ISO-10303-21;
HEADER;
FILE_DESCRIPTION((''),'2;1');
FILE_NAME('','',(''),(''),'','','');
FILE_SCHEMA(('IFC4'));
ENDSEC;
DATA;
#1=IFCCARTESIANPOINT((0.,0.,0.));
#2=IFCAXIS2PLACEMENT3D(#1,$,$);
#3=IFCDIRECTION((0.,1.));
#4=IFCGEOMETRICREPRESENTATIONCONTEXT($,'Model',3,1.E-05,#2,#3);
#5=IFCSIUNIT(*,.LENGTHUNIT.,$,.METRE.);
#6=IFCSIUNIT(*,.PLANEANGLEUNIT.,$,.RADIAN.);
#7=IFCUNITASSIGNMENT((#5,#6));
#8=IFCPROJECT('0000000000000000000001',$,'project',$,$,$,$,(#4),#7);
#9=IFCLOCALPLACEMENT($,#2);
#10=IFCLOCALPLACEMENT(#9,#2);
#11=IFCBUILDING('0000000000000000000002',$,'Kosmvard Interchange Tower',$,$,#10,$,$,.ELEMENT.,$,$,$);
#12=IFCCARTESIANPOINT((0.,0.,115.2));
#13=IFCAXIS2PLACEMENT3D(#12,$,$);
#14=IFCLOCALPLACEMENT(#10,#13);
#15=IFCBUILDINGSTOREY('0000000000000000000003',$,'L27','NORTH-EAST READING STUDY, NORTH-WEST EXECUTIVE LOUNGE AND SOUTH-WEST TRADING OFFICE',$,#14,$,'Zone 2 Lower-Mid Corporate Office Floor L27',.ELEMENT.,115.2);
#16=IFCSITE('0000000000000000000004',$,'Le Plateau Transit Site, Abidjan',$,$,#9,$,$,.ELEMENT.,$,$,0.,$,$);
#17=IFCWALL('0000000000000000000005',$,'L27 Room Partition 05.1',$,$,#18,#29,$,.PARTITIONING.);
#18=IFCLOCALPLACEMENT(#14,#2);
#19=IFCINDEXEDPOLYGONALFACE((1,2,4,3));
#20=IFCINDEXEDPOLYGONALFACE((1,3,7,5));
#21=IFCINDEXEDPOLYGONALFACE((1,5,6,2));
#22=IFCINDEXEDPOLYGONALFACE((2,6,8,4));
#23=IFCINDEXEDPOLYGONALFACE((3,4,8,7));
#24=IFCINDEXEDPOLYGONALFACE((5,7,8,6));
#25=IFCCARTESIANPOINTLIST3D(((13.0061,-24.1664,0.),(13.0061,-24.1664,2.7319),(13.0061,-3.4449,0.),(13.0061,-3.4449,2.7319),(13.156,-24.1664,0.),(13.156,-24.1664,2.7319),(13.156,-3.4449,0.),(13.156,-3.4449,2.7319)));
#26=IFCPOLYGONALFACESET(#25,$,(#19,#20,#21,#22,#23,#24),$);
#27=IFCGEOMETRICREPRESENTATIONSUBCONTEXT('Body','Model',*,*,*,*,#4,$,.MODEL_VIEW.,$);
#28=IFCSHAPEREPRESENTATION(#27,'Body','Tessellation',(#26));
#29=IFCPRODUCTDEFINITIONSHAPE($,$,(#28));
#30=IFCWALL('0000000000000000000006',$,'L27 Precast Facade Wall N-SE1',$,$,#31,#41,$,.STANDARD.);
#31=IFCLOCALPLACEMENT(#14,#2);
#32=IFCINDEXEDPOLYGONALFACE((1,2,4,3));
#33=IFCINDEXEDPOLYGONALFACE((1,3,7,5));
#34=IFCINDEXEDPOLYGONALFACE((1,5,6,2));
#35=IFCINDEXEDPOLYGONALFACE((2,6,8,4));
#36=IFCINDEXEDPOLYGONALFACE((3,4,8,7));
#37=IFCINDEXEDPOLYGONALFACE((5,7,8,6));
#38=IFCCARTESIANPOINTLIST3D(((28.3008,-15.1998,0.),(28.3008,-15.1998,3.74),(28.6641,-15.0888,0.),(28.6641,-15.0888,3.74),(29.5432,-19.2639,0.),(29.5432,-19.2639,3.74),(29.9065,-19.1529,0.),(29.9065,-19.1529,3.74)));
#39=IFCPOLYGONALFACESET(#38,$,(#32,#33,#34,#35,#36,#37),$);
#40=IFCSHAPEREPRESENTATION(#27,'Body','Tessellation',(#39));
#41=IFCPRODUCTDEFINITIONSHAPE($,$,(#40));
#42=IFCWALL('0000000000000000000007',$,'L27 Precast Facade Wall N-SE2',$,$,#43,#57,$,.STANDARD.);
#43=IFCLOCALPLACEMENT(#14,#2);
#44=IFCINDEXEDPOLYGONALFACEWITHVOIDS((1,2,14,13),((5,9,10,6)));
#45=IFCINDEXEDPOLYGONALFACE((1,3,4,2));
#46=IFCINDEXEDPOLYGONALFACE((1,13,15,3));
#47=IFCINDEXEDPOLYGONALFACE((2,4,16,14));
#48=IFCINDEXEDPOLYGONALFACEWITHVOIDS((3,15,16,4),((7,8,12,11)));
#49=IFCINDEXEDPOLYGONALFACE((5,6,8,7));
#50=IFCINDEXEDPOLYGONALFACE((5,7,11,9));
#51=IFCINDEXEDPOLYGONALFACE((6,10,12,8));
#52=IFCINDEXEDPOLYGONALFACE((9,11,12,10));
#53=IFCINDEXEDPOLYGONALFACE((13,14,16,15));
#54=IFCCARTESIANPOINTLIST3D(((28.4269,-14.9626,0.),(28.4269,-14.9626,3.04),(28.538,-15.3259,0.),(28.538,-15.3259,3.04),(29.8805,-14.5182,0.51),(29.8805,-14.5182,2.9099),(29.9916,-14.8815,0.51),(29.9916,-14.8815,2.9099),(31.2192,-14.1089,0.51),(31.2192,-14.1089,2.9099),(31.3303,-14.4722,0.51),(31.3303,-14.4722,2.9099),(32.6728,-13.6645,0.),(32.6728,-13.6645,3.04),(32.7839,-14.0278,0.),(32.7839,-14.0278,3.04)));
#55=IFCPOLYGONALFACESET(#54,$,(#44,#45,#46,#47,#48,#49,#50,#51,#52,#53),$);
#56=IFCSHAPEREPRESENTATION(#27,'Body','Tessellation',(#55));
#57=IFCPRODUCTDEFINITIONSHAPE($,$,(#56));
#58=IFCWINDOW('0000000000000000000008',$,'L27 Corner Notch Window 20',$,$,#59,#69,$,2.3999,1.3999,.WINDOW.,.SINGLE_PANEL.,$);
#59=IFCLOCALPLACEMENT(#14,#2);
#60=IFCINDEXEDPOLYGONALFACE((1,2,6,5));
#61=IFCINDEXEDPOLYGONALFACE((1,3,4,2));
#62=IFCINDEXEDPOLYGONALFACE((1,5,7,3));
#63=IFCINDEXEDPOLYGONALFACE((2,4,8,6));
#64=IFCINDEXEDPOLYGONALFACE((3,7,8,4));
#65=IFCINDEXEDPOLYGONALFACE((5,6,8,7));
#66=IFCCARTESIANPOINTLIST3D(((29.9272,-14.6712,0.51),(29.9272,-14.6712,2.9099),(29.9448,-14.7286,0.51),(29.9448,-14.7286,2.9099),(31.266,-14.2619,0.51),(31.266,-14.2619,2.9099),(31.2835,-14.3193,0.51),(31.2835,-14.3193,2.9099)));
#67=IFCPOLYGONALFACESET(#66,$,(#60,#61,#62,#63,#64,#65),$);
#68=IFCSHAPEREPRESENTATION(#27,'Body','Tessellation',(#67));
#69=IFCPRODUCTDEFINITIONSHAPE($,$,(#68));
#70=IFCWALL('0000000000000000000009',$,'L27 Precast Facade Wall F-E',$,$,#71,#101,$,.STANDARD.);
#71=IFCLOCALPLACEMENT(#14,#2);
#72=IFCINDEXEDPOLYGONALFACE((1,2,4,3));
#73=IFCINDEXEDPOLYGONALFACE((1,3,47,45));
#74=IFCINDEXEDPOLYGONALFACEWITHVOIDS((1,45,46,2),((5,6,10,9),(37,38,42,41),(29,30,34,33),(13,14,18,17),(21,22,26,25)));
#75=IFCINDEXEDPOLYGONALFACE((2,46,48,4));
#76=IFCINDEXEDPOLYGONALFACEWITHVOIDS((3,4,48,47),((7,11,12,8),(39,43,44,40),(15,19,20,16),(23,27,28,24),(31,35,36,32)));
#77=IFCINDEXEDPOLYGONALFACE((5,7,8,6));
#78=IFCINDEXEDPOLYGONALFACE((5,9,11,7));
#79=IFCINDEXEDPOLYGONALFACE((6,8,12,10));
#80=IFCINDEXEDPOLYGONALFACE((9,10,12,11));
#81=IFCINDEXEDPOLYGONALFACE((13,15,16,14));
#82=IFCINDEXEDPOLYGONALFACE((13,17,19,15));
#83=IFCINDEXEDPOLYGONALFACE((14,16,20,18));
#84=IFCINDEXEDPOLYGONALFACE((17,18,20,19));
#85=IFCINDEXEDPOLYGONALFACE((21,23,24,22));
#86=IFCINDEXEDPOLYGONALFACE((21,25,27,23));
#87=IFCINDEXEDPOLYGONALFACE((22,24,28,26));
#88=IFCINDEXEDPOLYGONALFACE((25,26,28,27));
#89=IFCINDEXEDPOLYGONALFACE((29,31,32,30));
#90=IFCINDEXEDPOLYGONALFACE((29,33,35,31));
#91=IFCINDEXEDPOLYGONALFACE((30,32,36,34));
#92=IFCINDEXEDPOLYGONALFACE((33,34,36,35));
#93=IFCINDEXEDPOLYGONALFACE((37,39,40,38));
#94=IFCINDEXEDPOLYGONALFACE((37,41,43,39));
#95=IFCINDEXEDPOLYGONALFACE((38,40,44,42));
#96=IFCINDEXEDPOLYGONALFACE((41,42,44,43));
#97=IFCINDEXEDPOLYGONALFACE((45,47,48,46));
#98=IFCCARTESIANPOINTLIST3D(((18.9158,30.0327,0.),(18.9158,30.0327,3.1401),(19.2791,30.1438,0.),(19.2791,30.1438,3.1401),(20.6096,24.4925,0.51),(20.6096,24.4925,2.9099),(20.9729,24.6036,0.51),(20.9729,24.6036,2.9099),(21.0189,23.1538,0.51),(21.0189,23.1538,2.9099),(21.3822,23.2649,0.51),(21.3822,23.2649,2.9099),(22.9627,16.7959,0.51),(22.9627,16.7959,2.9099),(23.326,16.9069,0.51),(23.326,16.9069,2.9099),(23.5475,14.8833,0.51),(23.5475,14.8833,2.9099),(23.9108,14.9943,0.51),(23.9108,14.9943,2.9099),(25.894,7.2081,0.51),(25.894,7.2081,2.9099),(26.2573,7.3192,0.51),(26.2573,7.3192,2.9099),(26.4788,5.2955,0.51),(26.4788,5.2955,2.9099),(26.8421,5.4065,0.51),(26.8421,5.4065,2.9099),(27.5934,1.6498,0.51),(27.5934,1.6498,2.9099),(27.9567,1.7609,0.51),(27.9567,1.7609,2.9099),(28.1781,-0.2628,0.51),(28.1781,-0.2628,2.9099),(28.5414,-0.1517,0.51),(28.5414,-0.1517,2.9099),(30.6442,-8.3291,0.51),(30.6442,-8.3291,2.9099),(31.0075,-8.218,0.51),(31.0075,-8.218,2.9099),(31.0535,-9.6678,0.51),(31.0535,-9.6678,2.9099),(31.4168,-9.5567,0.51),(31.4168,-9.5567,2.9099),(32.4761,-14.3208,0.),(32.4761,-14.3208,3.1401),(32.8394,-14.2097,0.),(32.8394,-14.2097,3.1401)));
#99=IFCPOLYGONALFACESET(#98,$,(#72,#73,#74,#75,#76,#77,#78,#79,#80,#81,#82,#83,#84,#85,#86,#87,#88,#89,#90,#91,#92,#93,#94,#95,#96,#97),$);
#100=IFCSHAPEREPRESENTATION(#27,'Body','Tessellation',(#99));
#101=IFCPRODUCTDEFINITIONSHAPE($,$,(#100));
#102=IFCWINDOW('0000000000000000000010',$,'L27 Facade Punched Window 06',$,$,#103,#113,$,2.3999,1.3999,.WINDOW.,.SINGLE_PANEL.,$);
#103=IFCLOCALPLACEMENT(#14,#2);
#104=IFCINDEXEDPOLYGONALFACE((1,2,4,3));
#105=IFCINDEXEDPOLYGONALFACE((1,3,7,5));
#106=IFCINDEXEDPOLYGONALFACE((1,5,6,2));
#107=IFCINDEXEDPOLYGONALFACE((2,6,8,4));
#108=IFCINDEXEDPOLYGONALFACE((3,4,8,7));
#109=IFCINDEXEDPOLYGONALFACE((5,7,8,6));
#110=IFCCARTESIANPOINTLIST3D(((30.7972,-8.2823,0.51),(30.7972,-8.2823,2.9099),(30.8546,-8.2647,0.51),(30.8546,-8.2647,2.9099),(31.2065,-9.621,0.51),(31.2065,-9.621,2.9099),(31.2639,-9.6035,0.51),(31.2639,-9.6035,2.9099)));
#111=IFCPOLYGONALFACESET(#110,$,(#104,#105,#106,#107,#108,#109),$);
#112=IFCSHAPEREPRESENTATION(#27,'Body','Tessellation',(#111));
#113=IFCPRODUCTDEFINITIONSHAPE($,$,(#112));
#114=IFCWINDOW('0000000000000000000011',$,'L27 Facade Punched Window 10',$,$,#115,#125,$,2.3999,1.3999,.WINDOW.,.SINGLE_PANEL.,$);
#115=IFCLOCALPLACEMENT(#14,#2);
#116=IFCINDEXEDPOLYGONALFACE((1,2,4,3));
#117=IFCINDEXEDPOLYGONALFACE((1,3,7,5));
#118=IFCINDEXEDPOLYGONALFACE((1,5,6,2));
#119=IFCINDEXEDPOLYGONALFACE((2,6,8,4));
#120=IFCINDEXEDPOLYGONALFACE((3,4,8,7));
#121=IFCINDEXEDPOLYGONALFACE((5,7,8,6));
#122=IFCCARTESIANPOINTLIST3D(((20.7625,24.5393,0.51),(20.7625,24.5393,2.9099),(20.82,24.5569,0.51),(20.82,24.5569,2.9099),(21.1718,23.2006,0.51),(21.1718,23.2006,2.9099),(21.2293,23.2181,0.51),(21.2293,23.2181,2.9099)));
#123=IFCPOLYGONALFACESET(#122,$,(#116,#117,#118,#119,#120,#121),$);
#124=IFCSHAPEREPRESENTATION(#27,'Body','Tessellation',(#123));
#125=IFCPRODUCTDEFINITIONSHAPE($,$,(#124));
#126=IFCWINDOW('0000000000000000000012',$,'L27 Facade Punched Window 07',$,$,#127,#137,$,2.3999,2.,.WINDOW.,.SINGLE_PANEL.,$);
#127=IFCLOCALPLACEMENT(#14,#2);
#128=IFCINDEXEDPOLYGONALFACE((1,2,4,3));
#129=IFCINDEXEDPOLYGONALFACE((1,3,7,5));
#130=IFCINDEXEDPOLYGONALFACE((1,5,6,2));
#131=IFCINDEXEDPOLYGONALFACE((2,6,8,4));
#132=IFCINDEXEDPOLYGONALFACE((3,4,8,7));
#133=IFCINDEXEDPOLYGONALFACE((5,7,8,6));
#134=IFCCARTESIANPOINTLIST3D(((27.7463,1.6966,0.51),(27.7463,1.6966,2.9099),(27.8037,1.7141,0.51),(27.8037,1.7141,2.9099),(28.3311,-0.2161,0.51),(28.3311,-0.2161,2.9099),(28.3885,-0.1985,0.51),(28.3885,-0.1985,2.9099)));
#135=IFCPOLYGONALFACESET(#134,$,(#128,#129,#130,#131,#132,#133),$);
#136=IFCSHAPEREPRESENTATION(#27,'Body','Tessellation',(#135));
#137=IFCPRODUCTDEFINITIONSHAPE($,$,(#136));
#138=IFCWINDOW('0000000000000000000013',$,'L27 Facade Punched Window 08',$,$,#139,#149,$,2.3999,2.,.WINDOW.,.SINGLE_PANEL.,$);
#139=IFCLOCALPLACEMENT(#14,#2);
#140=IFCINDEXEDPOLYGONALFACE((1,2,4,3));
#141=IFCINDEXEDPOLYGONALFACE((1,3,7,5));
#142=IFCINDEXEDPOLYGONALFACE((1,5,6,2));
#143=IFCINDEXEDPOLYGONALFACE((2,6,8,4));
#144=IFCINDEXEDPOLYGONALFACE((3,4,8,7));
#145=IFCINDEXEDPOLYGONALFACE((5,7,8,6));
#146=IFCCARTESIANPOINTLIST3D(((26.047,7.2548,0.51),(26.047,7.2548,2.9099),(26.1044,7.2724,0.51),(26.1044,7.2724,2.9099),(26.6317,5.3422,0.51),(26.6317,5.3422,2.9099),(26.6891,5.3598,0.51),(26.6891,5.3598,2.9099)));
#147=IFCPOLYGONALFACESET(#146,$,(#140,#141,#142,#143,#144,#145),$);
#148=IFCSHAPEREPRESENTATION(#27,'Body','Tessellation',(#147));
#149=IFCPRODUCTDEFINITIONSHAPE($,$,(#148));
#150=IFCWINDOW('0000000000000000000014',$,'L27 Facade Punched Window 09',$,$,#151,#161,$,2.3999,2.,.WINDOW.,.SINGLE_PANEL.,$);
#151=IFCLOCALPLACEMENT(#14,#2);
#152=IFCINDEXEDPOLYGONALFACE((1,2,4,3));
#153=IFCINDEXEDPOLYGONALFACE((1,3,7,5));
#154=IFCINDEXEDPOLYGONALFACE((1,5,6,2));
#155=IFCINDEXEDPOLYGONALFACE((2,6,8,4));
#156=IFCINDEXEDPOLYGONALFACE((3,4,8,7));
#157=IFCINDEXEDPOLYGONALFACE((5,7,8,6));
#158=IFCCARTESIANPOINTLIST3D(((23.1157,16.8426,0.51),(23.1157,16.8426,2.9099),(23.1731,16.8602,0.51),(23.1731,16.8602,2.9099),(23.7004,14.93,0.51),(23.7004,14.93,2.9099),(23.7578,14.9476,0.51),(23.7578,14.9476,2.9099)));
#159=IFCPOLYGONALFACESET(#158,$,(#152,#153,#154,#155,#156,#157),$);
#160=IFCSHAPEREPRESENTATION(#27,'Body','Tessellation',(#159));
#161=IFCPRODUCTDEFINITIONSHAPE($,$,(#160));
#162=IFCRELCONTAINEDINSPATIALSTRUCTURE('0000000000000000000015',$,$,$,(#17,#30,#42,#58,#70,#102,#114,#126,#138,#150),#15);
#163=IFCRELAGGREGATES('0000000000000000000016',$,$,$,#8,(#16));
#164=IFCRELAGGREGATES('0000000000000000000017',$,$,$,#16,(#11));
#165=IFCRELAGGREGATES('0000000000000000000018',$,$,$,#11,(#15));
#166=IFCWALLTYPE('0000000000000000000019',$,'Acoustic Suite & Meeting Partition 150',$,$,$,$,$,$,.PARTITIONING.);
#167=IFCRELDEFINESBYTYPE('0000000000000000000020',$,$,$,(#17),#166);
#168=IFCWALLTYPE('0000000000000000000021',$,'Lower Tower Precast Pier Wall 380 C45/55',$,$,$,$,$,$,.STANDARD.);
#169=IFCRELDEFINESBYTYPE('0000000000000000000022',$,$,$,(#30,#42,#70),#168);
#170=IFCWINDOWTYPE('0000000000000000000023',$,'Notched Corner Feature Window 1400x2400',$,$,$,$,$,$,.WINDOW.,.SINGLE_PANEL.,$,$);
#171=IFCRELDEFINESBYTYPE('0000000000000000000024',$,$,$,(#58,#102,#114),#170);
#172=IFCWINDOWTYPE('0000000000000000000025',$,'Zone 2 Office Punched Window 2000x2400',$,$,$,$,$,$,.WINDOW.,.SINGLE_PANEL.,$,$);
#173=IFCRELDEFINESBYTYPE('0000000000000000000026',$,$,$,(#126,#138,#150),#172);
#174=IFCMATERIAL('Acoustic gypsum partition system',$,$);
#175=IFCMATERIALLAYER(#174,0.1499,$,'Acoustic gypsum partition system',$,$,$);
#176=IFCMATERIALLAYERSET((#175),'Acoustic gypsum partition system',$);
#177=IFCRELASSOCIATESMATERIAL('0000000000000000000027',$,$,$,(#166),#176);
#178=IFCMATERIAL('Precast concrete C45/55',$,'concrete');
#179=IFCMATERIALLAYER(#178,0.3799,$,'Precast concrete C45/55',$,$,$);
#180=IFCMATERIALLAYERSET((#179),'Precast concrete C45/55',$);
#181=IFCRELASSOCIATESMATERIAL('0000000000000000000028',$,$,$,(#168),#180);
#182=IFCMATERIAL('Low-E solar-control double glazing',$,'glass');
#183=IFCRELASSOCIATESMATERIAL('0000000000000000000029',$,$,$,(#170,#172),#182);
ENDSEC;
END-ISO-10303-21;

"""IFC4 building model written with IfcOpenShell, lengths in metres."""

from ifc_helpers import new_model, si_unit, direction, frame, frame_2d, origin, place, context, subcontext, project, spatial, rectangle, extrude, source, transform, mapped, material, layer, layer_set, type_object, element, fill, save


model = new_model("IFC4")

# Units and contexts
model_context = context("Model", 3, precision=1e-05, world=origin(), true_north=direction((0.0, 1.0)))
body_context = subcontext(model_context, "Body", "Model", "MODEL_VIEW")
ifc_project = project(units=[si_unit("LENGTHUNIT", "METRE"), si_unit("PLANEANGLEUNIT", "RADIAN")], contexts=[model_context])

# Site, building, storey
site_placement = place(None, origin())
site = spatial("IfcSite", under=ifc_project, at=site_placement, Name="Le Plateau Transit Site, Abidjan", CompositionType="ELEMENT", RefElevation=0.0)
building_placement = place(site_placement, origin())
building = spatial("IfcBuilding", under=site, at=building_placement, Name="Kosmvard Interchange Tower", CompositionType="ELEMENT")
storey_placement = place(building_placement, frame((0.0, 0.0, 115.2)))
storey = spatial("IfcBuildingStorey", under=building, at=storey_placement, Name="L27", Description="NORTH-EAST READING STUDY, NORTH-WEST EXECUTIVE LOUNGE AND SOUTH-WEST TRADING OFFICE", LongName="Zone 2 Lower-Mid Corporate Office Floor L27", CompositionType="ELEMENT", Elevation=115.2)

# Shared definitions
ifc_material_1 = material(Name="Precast concrete C45/55", Category="concrete")

# Walls
ifc_material_2 = material(Name="Acoustic gypsum partition system")
ifc_layer_1 = layer(ifc_material_2, 0.1499, Name="Acoustic gypsum partition system")
ifc_layer_set_1 = layer_set([ifc_layer_1], Name="Acoustic gypsum partition system")
wall_type_1 = type_object("IfcWallType", Name="Acoustic Suite & Meeting Partition 150", PredefinedType="PARTITIONING", material=ifc_layer_set_1)
wall_1_placement = place(storey_placement, frame((13.0811, -24.1665, 0.0), z_axis=(0.0, 0.0, 1.0), x_axis=(0.0, 1.0, 0.0)))
element("IfcWall", 1, at=wall_1_placement, inside=storey, type_object=wall_type_1, Name="L27 Room Partition 05.1", PredefinedType="PARTITIONING", context=body_context, shape_type="SweptSolid", body=[
    extrude(rectangle(XDim=20.7214, YDim=0.1499, at=frame_2d((10.3608, 0.0))), origin(), (0.0, 0.0, 1.0), 2.7319),
])
ifc_layer_2 = layer(ifc_material_1, 0.3799, Name="Precast concrete C45/55")
ifc_layer_set_2 = layer_set([ifc_layer_2], Name="Precast concrete C45/55")
wall_type_2 = type_object("IfcWallType", Name="Lower Tower Precast Pier Wall 380 C45/55", PredefinedType="STANDARD", material=ifc_layer_set_2)
wall_2_placement = place(storey_placement, frame((29.7249, -19.2085, 0.0), z_axis=(0.0, 0.0, 1.0), x_axis=(-0.292346, 0.956313, 0.0)))
element("IfcWall", 2, at=wall_2_placement, inside=storey, type_object=wall_type_2, Name="L27 Precast Facade Wall N-SE1", PredefinedType="STANDARD", context=body_context, shape_type="SweptSolid", body=[
    extrude(rectangle(XDim=4.2498, YDim=0.3799, at=frame_2d((2.125, 0.0))), origin(), (0.0, 0.0, 1.0), 3.74),
])

# Wall, opening, window
wall_3_placement = place(storey_placement, frame((28.4824, -15.1443, 0.0), z_axis=(0.0, 0.0, 1.0), x_axis=(0.956304, 0.292374, 0.0)))
wall_3 = element("IfcWall", 3, at=wall_3_placement, inside=storey, type_object=wall_type_2, Name="L27 Precast Facade Wall N-SE2", PredefinedType="STANDARD", context=body_context, shape_type="SweptSolid", body=[
    extrude(rectangle(XDim=4.4399, YDim=0.3799, at=frame_2d((2.22, 0.0))), origin(), (0.0, 0.0, 1.0), 3.04),
])
opening_1_placement = place(wall_3_placement, frame((1.52, 0.0, 0.51)))
opening_1 = element("IfcOpeningElement", 4, at=opening_1_placement, cuts=wall_3, PredefinedType="OPENING", context=body_context, shape_type="SweptSolid", body=[
    extrude(rectangle(XDim=1.3999, YDim=2.3999, at=frame_2d((0.7, 1.2))), frame((0.0, 0.2, 0.0), z_axis=(0.0, -1.0, 0.0), x_axis=(1.0, 0.0, 0.0)), (0.0, 0.0, 1.0), 0.3999),
])
ifc_material_3 = material(Name="Low-E solar-control double glazing", Category="glass")
window_type_1 = type_object("IfcWindowType", Name="Notched Corner Feature Window 1400x2400", PartitioningType="SINGLE_PANEL", PredefinedType="WINDOW", material=ifc_material_3)
shared_shape_1 = source(origin(), body_context, "Body", "SweptSolid", [
    extrude(rectangle(XDim=1.3999, YDim=2.3999, at=frame_2d((0.7, 1.2))), frame((0.0, 0.03, 0.0), z_axis=(0.0, -1.0, 0.0), x_axis=(1.0, 0.0, 0.0)), (0.0, 0.0, 1.0), 0.0601),
])
window_1_placement = place(opening_1_placement, origin())
window_1 = element("IfcWindow", 5, at=window_1_placement, inside=storey, type_object=window_type_1, Name="L27 Corner Notch Window 20", OverallHeight=2.3999, OverallWidth=1.3999, PartitioningType="SINGLE_PANEL", PredefinedType="WINDOW", context=body_context, shape_type="MappedRepresentation", body=[
    mapped(shared_shape_1, transform((0.0, 0.0, 0.0), scale=1.0)),
])
fill(opening_1, window_1)

# Wall, openings, windows
wall_4_placement = place(storey_placement, frame((32.6577, -14.2651, 0.0), z_axis=(0.0, 0.0, 1.0), x_axis=(-0.292373, 0.956304, 0.0)))
wall_4 = element("IfcWall", 6, at=wall_4_placement, inside=storey, type_object=wall_type_2, Name="L27 Precast Facade Wall F-E", PredefinedType="STANDARD", context=body_context, shape_type="SweptSolid", body=[
    extrude(rectangle(XDim=46.3801, YDim=0.3799, at=frame_2d((23.1899, 0.0))), origin(), (0.0, 0.0, 1.0), 3.1401),
])
opening_2_placement = place(wall_4_placement, frame((4.8655, 0.0, 0.51)))
opening_2 = element("IfcOpeningElement", 7, at=opening_2_placement, cuts=wall_4, PredefinedType="OPENING", context=body_context, shape_type="SweptSolid", body=[
    extrude(rectangle(XDim=1.3999, YDim=2.3999, at=frame_2d((0.7, 1.2))), frame((0.0, 0.2, 0.0), z_axis=(0.0, -1.0, 0.0), x_axis=(1.0, 0.0, 0.0)), (0.0, 0.0, 1.0), 0.3999),
])
opening_3_placement = place(wall_4_placement, frame((14.7002, 0.0, 0.51)))
opening_3 = element("IfcOpeningElement", 8, at=opening_3_placement, cuts=wall_4, PredefinedType="OPENING", context=body_context, shape_type="SweptSolid", body=[
    extrude(rectangle(XDim=2.0, YDim=2.3999, at=frame_2d((1.0, 1.2))), frame((0.0, 0.2, 0.0), z_axis=(0.0, -1.0, 0.0), x_axis=(1.0, 0.0, 0.0)), (0.0, 0.0, 1.0), 0.3999),
])
opening_4_placement = place(wall_4_placement, frame((20.5125, 0.0, 0.51)))
opening_4 = element("IfcOpeningElement", 9, at=opening_4_placement, cuts=wall_4, PredefinedType="OPENING", context=body_context, shape_type="SweptSolid", body=[
    extrude(rectangle(XDim=2.0, YDim=2.3999, at=frame_2d((1.0, 1.2))), frame((0.0, 0.2, 0.0), z_axis=(0.0, -1.0, 0.0), x_axis=(1.0, 0.0, 0.0)), (0.0, 0.0, 1.0), 0.3999),
])
opening_5_placement = place(wall_4_placement, frame((30.5383, 0.0, 0.51)))
opening_5 = element("IfcOpeningElement", 10, at=opening_5_placement, cuts=wall_4, PredefinedType="OPENING", context=body_context, shape_type="SweptSolid", body=[
    extrude(rectangle(XDim=2.0, YDim=2.3999, at=frame_2d((1.0, 1.2))), frame((0.0, 0.2, 0.0), z_axis=(0.0, -1.0, 0.0), x_axis=(1.0, 0.0, 0.0)), (0.0, 0.0, 1.0), 0.3999),
])
opening_6_placement = place(wall_4_placement, frame((39.1868, 0.0, 0.51)))
opening_6 = element("IfcOpeningElement", 11, at=opening_6_placement, cuts=wall_4, PredefinedType="OPENING", context=body_context, shape_type="SweptSolid", body=[
    extrude(rectangle(XDim=1.3999, YDim=2.3999, at=frame_2d((0.7, 1.2))), frame((0.0, 0.2, 0.0), z_axis=(0.0, -1.0, 0.0), x_axis=(1.0, 0.0, 0.0)), (0.0, 0.0, 1.0), 0.3999),
])
window_2_placement = place(opening_2_placement, origin())
window_2 = element("IfcWindow", 12, at=window_2_placement, inside=storey, type_object=window_type_1, Name="L27 Facade Punched Window 06", OverallHeight=2.3999, OverallWidth=1.3999, PartitioningType="SINGLE_PANEL", PredefinedType="WINDOW", context=body_context, shape_type="MappedRepresentation", body=[
    mapped(shared_shape_1, transform((0.0, 0.0, 0.0), scale=1.0)),
])
fill(opening_2, window_2)
window_3_placement = place(opening_6_placement, origin())
window_3 = element("IfcWindow", 13, at=window_3_placement, inside=storey, type_object=window_type_1, Name="L27 Facade Punched Window 10", OverallHeight=2.3999, OverallWidth=1.3999, PartitioningType="SINGLE_PANEL", PredefinedType="WINDOW", context=body_context, shape_type="MappedRepresentation", body=[
    mapped(shared_shape_1, transform((0.0, 0.0, 0.0), scale=1.0)),
])
fill(opening_6, window_3)
window_type_2 = type_object("IfcWindowType", Name="Zone 2 Office Punched Window 2000x2400", PartitioningType="SINGLE_PANEL", PredefinedType="WINDOW", material=ifc_material_3)
shared_shape_2 = source(origin(), body_context, "Body", "SweptSolid", [
    extrude(rectangle(XDim=2.0, YDim=2.3999, at=frame_2d((1.0, 1.2))), frame((0.0, 0.03, 0.0), z_axis=(0.0, -1.0, 0.0), x_axis=(1.0, 0.0, 0.0)), (0.0, 0.0, 1.0), 0.0601),
])
window_4_placement = place(opening_3_placement, origin())
window_4 = element("IfcWindow", 14, at=window_4_placement, inside=storey, type_object=window_type_2, Name="L27 Facade Punched Window 07", OverallHeight=2.3999, OverallWidth=2.0, PartitioningType="SINGLE_PANEL", PredefinedType="WINDOW", context=body_context, shape_type="MappedRepresentation", body=[
    mapped(shared_shape_2, transform((0.0, 0.0, 0.0), scale=1.0)),
])
fill(opening_3, window_4)
window_5_placement = place(opening_4_placement, origin())
window_5 = element("IfcWindow", 15, at=window_5_placement, inside=storey, type_object=window_type_2, Name="L27 Facade Punched Window 08", OverallHeight=2.3999, OverallWidth=2.0, PartitioningType="SINGLE_PANEL", PredefinedType="WINDOW", context=body_context, shape_type="MappedRepresentation", body=[
    mapped(shared_shape_2, transform((0.0, 0.0, 0.0), scale=1.0)),
])
fill(opening_4, window_5)
window_6_placement = place(opening_5_placement, origin())
window_6 = element("IfcWindow", 16, at=window_6_placement, inside=storey, type_object=window_type_2, Name="L27 Facade Punched Window 09", OverallHeight=2.3999, OverallWidth=2.0, PartitioningType="SINGLE_PANEL", PredefinedType="WINDOW", context=body_context, shape_type="MappedRepresentation", body=[
    mapped(shared_shape_2, transform((0.0, 0.0, 0.0), scale=1.0)),
])
fill(opening_5, window_6)

save(model, "model.ifc")
